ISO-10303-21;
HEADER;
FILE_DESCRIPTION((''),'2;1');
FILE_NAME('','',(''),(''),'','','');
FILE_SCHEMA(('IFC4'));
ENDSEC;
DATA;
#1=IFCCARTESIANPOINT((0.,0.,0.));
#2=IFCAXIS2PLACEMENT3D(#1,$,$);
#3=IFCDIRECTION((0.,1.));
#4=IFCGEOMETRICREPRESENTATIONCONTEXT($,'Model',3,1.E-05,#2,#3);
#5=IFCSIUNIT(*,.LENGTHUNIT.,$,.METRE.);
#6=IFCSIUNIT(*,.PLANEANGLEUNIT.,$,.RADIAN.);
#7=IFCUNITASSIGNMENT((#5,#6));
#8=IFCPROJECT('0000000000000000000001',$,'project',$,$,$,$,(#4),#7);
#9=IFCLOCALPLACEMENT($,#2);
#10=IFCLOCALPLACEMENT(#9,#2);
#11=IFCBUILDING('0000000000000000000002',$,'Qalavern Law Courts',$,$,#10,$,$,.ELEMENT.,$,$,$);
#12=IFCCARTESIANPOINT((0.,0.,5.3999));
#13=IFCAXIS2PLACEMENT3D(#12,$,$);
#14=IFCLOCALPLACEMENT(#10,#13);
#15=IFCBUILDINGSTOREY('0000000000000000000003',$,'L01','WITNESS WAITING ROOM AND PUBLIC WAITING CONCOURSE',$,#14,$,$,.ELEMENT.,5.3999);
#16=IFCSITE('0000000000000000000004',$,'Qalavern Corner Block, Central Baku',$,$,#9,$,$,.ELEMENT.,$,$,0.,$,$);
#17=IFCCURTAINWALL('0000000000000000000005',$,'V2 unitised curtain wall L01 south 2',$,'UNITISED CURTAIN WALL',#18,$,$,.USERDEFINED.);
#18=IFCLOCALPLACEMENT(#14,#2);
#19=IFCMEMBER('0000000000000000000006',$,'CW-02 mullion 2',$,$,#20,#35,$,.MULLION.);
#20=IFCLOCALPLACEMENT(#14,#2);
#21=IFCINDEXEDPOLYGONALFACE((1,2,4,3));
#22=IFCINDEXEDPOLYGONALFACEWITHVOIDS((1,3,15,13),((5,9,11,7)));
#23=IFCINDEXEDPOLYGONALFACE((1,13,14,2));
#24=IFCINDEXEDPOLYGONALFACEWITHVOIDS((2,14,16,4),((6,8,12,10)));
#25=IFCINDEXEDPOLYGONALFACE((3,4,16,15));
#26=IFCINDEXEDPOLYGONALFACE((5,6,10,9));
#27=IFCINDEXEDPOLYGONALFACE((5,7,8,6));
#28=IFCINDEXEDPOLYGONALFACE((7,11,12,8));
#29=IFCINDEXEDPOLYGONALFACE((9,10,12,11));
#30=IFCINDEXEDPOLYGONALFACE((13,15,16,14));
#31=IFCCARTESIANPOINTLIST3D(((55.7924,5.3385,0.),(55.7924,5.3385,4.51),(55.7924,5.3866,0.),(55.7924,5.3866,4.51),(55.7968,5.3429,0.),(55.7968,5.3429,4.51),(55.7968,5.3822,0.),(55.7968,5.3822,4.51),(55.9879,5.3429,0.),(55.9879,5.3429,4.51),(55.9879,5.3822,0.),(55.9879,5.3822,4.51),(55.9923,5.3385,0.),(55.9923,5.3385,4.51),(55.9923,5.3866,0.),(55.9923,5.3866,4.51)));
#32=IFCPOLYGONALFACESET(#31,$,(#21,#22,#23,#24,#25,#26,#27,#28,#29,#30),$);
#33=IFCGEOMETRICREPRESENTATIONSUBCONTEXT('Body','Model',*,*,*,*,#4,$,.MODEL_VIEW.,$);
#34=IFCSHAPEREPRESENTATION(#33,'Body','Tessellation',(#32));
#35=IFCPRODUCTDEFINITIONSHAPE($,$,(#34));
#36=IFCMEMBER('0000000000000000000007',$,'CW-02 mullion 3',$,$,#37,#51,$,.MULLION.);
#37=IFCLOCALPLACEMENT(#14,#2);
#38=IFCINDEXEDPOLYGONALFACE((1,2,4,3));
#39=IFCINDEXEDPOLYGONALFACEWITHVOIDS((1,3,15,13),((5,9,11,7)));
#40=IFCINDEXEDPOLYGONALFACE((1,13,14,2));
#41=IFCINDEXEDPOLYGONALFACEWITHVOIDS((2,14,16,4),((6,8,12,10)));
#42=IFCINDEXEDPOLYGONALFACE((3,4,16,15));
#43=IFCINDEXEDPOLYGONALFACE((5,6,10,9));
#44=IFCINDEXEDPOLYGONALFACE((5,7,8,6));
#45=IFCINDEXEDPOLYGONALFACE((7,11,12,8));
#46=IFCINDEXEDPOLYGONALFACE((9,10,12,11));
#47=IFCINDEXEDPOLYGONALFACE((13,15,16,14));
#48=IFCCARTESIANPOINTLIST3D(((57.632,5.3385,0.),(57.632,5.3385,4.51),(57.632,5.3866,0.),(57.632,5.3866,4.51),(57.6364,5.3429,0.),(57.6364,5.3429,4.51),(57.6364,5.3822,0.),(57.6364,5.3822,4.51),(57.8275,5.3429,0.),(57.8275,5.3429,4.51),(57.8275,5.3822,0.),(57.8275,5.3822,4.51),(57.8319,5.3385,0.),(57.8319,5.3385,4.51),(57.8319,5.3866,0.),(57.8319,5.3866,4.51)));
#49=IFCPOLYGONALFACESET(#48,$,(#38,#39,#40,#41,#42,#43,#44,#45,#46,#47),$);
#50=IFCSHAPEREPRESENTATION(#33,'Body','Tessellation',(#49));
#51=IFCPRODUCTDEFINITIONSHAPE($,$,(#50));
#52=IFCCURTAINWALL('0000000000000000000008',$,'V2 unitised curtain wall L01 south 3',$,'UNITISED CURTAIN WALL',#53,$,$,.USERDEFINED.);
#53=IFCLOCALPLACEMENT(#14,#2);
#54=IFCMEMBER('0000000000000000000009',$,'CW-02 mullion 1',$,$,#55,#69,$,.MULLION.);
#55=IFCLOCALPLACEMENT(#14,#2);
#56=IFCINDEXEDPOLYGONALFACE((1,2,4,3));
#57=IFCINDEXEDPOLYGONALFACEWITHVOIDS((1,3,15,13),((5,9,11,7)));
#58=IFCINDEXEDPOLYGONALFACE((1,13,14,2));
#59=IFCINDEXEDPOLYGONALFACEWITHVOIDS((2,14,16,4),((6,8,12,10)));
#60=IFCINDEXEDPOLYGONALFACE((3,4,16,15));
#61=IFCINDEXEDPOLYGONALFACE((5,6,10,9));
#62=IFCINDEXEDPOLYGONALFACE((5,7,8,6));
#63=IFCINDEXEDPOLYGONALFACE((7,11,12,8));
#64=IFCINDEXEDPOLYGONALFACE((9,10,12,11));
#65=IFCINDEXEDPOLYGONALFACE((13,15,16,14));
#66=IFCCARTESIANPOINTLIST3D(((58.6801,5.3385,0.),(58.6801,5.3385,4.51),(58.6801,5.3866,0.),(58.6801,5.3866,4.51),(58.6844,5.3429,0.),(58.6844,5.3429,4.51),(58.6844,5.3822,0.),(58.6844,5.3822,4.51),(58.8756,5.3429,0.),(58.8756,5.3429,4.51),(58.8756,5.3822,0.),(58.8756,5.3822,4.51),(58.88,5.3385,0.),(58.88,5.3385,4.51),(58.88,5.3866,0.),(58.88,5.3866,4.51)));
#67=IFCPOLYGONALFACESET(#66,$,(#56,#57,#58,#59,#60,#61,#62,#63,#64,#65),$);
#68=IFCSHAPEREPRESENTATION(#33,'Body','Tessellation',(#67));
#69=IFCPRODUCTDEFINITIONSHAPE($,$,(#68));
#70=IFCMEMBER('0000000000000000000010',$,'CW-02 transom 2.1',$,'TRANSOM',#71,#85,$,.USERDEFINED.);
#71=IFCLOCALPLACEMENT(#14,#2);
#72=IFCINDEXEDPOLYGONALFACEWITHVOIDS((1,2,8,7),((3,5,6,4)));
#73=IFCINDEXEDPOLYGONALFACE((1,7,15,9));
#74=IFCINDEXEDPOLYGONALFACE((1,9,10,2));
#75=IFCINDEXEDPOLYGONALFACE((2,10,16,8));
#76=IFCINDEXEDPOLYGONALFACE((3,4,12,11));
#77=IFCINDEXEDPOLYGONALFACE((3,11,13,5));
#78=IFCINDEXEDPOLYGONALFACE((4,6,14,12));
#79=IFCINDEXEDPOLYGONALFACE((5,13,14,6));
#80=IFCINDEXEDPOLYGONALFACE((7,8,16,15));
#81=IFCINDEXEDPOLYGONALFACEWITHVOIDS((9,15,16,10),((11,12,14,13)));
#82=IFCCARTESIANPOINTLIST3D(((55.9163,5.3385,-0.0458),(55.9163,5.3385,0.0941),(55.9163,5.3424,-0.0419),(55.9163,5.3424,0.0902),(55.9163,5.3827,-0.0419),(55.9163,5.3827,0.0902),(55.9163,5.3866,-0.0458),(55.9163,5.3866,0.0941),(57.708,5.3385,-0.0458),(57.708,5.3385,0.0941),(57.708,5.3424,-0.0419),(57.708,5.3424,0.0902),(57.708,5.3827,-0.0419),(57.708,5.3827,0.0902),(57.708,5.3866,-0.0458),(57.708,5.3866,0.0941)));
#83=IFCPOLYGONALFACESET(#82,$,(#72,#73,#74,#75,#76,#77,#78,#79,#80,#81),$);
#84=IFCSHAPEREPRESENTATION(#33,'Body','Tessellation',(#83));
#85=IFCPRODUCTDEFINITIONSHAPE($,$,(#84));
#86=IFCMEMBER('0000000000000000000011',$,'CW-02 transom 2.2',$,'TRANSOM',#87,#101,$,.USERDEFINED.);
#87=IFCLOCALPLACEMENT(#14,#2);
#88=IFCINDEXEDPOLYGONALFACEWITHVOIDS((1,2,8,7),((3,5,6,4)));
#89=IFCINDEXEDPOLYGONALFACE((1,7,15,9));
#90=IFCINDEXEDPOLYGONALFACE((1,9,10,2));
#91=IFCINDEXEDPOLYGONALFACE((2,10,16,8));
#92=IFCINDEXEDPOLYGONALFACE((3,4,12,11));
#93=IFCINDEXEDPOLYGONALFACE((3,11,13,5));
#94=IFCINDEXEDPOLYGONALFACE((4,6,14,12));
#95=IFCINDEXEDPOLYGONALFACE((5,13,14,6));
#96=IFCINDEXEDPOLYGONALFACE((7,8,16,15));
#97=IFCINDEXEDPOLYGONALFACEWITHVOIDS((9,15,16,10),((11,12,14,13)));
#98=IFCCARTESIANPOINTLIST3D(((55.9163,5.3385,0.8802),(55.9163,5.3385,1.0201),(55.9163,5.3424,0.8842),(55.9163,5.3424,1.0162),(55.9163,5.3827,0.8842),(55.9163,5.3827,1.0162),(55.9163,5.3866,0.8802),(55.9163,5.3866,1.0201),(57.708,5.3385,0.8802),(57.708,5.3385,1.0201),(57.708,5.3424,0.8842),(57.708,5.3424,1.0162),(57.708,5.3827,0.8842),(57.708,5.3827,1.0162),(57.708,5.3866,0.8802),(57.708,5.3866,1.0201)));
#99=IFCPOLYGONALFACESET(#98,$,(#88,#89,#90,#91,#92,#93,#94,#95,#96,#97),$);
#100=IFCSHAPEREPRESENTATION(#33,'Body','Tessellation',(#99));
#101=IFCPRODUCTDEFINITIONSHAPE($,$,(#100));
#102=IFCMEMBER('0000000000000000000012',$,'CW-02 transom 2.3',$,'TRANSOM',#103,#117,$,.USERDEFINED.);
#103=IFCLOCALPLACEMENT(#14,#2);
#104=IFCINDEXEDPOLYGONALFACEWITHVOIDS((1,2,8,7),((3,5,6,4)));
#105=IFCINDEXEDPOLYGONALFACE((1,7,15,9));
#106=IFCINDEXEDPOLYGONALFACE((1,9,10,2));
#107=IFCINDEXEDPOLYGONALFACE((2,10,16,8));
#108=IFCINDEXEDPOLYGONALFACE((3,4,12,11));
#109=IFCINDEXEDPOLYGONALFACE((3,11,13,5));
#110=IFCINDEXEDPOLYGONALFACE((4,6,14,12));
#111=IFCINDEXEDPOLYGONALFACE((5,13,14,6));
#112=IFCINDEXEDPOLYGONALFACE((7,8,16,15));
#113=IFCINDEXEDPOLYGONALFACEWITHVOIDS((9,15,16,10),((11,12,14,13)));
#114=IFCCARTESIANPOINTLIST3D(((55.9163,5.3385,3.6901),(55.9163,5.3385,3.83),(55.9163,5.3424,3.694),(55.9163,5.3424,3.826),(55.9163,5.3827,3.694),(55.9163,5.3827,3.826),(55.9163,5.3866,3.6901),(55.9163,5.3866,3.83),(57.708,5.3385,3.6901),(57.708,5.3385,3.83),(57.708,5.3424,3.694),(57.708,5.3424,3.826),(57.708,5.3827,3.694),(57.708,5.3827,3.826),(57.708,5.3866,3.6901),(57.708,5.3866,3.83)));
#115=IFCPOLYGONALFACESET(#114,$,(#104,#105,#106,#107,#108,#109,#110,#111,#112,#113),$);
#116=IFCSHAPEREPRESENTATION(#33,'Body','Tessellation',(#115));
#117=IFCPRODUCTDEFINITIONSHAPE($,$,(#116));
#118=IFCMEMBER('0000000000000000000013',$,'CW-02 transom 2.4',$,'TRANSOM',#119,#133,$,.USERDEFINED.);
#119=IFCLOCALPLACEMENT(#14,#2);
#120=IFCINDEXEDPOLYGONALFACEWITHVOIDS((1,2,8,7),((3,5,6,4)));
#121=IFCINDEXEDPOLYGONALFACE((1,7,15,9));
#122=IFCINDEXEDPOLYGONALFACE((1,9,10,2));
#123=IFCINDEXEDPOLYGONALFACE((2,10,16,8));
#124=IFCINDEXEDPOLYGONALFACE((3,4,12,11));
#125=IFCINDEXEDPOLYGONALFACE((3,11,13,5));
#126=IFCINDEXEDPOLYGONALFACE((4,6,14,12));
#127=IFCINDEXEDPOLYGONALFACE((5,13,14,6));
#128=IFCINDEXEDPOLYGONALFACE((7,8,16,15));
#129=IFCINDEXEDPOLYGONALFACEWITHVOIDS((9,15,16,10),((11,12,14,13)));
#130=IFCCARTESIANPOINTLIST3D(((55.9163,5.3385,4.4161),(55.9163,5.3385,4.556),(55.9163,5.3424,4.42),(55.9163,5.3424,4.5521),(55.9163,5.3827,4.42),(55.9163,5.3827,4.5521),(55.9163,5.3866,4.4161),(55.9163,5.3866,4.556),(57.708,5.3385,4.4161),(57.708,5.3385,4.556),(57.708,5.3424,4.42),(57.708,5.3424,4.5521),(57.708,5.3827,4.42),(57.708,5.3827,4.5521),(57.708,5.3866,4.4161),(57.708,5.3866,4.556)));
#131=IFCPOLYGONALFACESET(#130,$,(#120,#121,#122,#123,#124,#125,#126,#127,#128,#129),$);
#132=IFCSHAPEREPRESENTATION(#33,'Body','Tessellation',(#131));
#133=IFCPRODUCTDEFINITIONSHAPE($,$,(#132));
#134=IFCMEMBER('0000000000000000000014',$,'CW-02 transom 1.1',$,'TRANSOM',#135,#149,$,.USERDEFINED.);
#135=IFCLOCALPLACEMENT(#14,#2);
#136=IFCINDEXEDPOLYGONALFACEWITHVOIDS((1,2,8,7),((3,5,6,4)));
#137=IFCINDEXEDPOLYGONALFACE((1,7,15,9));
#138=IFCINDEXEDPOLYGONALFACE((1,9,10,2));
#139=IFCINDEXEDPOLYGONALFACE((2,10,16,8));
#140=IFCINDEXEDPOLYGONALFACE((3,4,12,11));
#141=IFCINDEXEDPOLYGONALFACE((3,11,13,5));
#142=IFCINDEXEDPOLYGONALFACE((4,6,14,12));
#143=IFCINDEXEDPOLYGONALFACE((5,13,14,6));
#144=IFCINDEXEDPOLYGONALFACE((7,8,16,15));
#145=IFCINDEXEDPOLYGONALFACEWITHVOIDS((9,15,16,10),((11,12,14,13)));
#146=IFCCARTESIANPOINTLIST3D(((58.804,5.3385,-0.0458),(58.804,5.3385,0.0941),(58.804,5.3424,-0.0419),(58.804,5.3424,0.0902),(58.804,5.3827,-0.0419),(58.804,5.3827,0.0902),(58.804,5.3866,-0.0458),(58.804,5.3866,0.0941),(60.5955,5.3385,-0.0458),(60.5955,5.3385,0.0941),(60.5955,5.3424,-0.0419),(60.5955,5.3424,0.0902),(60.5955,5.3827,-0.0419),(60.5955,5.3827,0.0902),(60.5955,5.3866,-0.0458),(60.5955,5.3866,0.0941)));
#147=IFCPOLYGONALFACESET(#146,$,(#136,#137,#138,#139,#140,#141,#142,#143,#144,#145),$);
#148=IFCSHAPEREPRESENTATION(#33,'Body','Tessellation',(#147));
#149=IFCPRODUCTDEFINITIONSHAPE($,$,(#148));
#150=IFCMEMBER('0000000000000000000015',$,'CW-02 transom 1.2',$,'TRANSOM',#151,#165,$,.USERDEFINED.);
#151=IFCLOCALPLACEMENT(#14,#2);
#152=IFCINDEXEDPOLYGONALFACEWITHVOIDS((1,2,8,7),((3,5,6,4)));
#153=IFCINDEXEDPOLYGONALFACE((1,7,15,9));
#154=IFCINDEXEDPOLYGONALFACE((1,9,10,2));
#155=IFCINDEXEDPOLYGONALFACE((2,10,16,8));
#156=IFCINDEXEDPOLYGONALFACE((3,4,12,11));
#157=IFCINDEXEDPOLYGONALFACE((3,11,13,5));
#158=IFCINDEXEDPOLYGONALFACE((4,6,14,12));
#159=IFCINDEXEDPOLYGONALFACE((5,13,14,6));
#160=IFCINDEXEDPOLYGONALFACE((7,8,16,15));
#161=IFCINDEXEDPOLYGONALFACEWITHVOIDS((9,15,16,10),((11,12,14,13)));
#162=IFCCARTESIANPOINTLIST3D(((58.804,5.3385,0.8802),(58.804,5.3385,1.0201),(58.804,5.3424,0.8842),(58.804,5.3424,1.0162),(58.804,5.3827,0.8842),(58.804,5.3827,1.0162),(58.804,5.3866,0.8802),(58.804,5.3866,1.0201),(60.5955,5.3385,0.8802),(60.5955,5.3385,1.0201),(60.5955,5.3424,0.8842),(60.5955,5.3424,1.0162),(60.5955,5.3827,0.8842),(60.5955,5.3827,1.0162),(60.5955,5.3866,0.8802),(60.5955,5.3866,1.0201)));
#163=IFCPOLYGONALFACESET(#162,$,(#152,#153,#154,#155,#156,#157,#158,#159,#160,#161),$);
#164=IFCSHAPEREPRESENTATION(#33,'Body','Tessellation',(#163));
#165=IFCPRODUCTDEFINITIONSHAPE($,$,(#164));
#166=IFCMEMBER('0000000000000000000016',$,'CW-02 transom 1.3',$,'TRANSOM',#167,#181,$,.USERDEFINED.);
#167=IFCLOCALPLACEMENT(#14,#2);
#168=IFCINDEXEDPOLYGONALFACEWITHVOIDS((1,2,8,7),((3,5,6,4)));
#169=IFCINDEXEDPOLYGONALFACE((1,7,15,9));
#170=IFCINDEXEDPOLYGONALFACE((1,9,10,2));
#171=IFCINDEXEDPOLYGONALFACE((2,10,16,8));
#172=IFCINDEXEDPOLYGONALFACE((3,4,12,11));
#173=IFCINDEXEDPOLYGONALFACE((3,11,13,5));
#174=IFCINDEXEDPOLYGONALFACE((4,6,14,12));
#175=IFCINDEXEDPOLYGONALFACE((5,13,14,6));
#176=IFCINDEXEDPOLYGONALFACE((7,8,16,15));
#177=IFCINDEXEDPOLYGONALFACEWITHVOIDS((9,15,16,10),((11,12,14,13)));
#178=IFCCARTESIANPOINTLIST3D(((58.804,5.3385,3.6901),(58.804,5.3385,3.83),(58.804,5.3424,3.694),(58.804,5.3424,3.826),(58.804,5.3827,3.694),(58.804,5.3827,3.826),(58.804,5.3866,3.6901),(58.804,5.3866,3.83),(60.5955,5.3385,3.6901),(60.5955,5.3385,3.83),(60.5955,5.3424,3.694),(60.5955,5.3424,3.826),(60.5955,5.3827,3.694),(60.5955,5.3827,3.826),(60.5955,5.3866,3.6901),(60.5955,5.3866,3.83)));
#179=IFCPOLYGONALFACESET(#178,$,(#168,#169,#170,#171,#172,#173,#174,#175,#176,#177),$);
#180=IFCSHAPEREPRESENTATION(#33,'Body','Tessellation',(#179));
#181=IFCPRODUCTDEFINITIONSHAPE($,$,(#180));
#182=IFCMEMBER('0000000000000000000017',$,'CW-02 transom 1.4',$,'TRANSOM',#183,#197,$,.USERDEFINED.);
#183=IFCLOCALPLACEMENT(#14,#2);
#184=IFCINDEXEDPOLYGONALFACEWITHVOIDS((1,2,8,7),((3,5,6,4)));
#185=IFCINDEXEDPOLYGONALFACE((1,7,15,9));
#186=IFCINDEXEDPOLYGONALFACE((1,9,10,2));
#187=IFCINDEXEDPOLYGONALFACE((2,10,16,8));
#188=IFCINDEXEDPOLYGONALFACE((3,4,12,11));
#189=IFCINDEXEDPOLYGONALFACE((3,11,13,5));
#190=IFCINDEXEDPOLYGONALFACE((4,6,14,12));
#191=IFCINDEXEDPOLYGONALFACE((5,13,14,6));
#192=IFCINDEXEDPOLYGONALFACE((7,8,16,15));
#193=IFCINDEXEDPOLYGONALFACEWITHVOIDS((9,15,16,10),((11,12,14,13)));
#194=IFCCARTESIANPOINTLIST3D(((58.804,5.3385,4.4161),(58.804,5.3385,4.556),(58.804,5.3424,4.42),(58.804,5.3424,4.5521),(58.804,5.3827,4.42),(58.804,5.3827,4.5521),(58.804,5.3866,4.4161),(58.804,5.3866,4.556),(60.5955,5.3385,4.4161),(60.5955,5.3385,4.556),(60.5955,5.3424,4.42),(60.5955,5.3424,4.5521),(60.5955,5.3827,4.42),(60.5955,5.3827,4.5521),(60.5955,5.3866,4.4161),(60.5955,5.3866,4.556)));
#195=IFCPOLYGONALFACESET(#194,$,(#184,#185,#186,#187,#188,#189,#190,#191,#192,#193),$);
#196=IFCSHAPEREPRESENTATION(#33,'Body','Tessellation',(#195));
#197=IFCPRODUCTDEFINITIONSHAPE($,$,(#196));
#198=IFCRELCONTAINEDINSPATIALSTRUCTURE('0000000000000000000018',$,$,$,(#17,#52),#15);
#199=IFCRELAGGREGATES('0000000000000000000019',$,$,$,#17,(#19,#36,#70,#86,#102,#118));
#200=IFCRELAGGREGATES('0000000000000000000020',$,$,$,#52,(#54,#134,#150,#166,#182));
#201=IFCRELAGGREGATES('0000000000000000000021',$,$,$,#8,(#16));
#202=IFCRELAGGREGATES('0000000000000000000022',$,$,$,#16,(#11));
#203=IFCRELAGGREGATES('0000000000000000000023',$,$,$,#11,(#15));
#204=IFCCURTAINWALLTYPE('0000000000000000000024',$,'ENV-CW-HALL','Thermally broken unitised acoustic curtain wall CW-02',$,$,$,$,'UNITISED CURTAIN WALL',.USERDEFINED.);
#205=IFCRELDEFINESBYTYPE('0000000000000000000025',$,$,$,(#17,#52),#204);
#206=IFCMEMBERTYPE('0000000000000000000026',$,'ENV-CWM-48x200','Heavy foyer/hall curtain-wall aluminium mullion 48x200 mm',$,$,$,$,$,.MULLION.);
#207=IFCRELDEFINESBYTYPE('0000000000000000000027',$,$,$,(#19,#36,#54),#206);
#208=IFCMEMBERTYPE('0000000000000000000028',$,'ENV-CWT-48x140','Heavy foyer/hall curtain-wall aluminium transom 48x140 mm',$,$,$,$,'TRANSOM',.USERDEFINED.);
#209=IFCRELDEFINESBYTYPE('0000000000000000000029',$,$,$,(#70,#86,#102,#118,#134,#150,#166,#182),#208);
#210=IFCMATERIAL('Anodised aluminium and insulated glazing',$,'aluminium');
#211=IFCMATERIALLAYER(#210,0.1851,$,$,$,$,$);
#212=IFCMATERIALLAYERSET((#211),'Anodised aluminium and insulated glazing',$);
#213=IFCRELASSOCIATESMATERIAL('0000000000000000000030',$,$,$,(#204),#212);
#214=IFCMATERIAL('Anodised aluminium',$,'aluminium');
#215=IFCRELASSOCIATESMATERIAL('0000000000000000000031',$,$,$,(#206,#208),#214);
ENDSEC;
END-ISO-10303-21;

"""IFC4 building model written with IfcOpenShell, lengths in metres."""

from ifc_helpers import new_model, si_unit, direction, frame, origin, origin_2d, place, context, subcontext, project, spatial, hollow_rectangle, extrude, material, layer, layer_set, material_profile, profile_set, type_object, element, aggregate, save


model = new_model("IFC4")

# Units and contexts
model_context = context("Model", 3, precision=1e-05, world=origin(), true_north=direction((0.0, 1.0)))
body_context = subcontext(model_context, "Body", "Model", "MODEL_VIEW")
ifc_project = project(units=[si_unit("LENGTHUNIT", "METRE"), si_unit("PLANEANGLEUNIT", "RADIAN")], contexts=[model_context])

# Site, building, storey
site_placement = place(None, origin())
site = spatial("IfcSite", under=ifc_project, at=site_placement, Name="Qalavern Corner Block, Central Baku", CompositionType="ELEMENT", RefElevation=0.0)
building_placement = place(site_placement, origin())
building = spatial("IfcBuilding", under=site, at=building_placement, Name="Qalavern Law Courts", CompositionType="ELEMENT")
storey_placement = place(building_placement, frame((0.0, 0.0, 5.3999)))
storey = spatial("IfcBuildingStorey", under=building, at=storey_placement, Name="L01", Description="WITNESS WAITING ROOM AND PUBLIC WAITING CONCOURSE", CompositionType="ELEMENT", Elevation=5.3999)

# Curtain wall, members
ifc_material_1 = material(Name="Anodised aluminium and insulated glazing", Category="aluminium")
ifc_layer_1 = layer(ifc_material_1, 0.1851)
ifc_layer_set_1 = layer_set([ifc_layer_1], Name="Anodised aluminium and insulated glazing")
curtain_wall_type = type_object("IfcCurtainWallType", Name="ENV-CW-HALL", Description="Thermally broken unitised acoustic curtain wall CW-02", ElementType="UNITISED CURTAIN WALL", PredefinedType="USERDEFINED", material=ifc_layer_set_1)
curtain_wall_1_placement = place(storey_placement, origin())
curtain_wall_1 = element("IfcCurtainWall", 1, at=curtain_wall_1_placement, inside=storey, type_object=curtain_wall_type, Name="V2 unitised curtain wall L01 south 2", ObjectType="UNITISED CURTAIN WALL", PredefinedType="USERDEFINED")
ifc_material_2 = material(Name="Anodised aluminium", Category="aluminium")
ifc_material_profile_1 = material_profile(ifc_material_2, hollow_rectangle(XDim=0.0481, YDim=0.2, WallThickness=0.0044, at=origin_2d()), Name="ALU MULLION 48x200")
ifc_profile_set_1 = profile_set([ifc_material_profile_1], Name="Anodised aluminium")
member_type_1 = type_object("IfcMemberType", Name="ENV-CWM-48x200", Description="Heavy foyer/hall curtain-wall aluminium mullion 48x200 mm", PredefinedType="MULLION", material=ifc_profile_set_1)
member_1_placement = place(storey_placement, frame((55.8923, 5.3625, 0.0), z_axis=(0.0, 0.0, 1.0), x_axis=(0.0, 1.0, 0.0)))
member_1 = element("IfcMember", 2, at=member_1_placement, type_object=member_type_1, Name="CW-02 mullion 2", PredefinedType="MULLION", context=body_context, shape_type="SweptSolid", body=[
    extrude(hollow_rectangle(XDim=0.0481, YDim=0.2, WallThickness=0.0044, at=origin_2d()), origin(), (0.0, 0.0, 1.0), 4.51),
])
member_2_placement = place(storey_placement, frame((57.7319, 5.3625, 0.0), z_axis=(0.0, 0.0, 1.0), x_axis=(0.0, 1.0, 0.0)))
member_2 = element("IfcMember", 3, at=member_2_placement, type_object=member_type_1, Name="CW-02 mullion 3", PredefinedType="MULLION", context=body_context, shape_type="SweptSolid", body=[
    extrude(hollow_rectangle(XDim=0.0481, YDim=0.2, WallThickness=0.0044, at=origin_2d()), origin(), (0.0, 0.0, 1.0), 4.51),
])

# Curtain wall, member
curtain_wall_2_placement = place(storey_placement, origin())
curtain_wall_2 = element("IfcCurtainWall", 4, at=curtain_wall_2_placement, inside=storey, type_object=curtain_wall_type, Name="V2 unitised curtain wall L01 south 3", ObjectType="UNITISED CURTAIN WALL", PredefinedType="USERDEFINED")
member_3_placement = place(storey_placement, frame((58.78, 5.3625, 0.0), z_axis=(0.0, 0.0, 1.0), x_axis=(0.0, 1.0, 0.0)))
member_3 = element("IfcMember", 5, at=member_3_placement, type_object=member_type_1, Name="CW-02 mullion 1", PredefinedType="MULLION", context=body_context, shape_type="SweptSolid", body=[
    extrude(hollow_rectangle(XDim=0.0481, YDim=0.2, WallThickness=0.0044, at=origin_2d()), origin(), (0.0, 0.0, 1.0), 4.51),
])

# Members
ifc_material_profile_2 = material_profile(ifc_material_2, hollow_rectangle(XDim=0.0481, YDim=0.1399, WallThickness=0.0039, at=origin_2d()), Name="ALU TRANSOM 48x140")
ifc_profile_set_2 = profile_set([ifc_material_profile_2], Name="Anodised aluminium")
member_type_2 = type_object("IfcMemberType", Name="ENV-CWT-48x140", Description="Heavy foyer/hall curtain-wall aluminium transom 48x140 mm", ElementType="TRANSOM", PredefinedType="USERDEFINED", material=ifc_profile_set_2)
member_4_placement = place(storey_placement, frame((55.9163, 5.3625, 0.0242), z_axis=(1.0, 0.0, 0.0), x_axis=(0.0, 1.0, 0.0)))
member_4 = element("IfcMember", 6, at=member_4_placement, type_object=member_type_2, Name="CW-02 transom 2.1", ObjectType="TRANSOM", PredefinedType="USERDEFINED", context=body_context, shape_type="SweptSolid", body=[
    extrude(hollow_rectangle(XDim=0.0481, YDim=0.1399, WallThickness=0.0039, at=origin_2d()), origin(), (0.0, 0.0, 1.0), 1.7917),
])
member_5_placement = place(storey_placement, frame((55.9163, 5.3625, 0.9502), z_axis=(1.0, 0.0, 0.0), x_axis=(0.0, 1.0, 0.0)))
member_5 = element("IfcMember", 7, at=member_5_placement, type_object=member_type_2, Name="CW-02 transom 2.2", ObjectType="TRANSOM", PredefinedType="USERDEFINED", context=body_context, shape_type="SweptSolid", body=[
    extrude(hollow_rectangle(XDim=0.0481, YDim=0.1399, WallThickness=0.0039, at=origin_2d()), origin(), (0.0, 0.0, 1.0), 1.7917),
])
member_6_placement = place(storey_placement, frame((55.9163, 5.3625, 3.76), z_axis=(1.0, 0.0, 0.0), x_axis=(0.0, 1.0, 0.0)))
member_6 = element("IfcMember", 8, at=member_6_placement, type_object=member_type_2, Name="CW-02 transom 2.3", ObjectType="TRANSOM", PredefinedType="USERDEFINED", context=body_context, shape_type="SweptSolid", body=[
    extrude(hollow_rectangle(XDim=0.0481, YDim=0.1399, WallThickness=0.0039, at=origin_2d()), origin(), (0.0, 0.0, 1.0), 1.7917),
])
member_7_placement = place(storey_placement, frame((55.9163, 5.3625, 4.4861), z_axis=(1.0, 0.0, 0.0), x_axis=(0.0, 1.0, 0.0)))
member_7 = element("IfcMember", 9, at=member_7_placement, type_object=member_type_2, Name="CW-02 transom 2.4", ObjectType="TRANSOM", PredefinedType="USERDEFINED", context=body_context, shape_type="SweptSolid", body=[
    extrude(hollow_rectangle(XDim=0.0481, YDim=0.1399, WallThickness=0.0039, at=origin_2d()), origin(), (0.0, 0.0, 1.0), 1.7917),
])
member_8_placement = place(storey_placement, frame((58.804, 5.3625, 0.0242), z_axis=(1.0, 0.0, 0.0), x_axis=(0.0, 1.0, 0.0)))
member_8 = element("IfcMember", 10, at=member_8_placement, type_object=member_type_2, Name="CW-02 transom 1.1", ObjectType="TRANSOM", PredefinedType="USERDEFINED", context=body_context, shape_type="SweptSolid", body=[
    extrude(hollow_rectangle(XDim=0.0481, YDim=0.1399, WallThickness=0.0039, at=origin_2d()), origin(), (0.0, 0.0, 1.0), 1.7915),
])
member_9_placement = place(storey_placement, frame((58.804, 5.3625, 0.9502), z_axis=(1.0, 0.0, 0.0), x_axis=(0.0, 1.0, 0.0)))
member_9 = element("IfcMember", 11, at=member_9_placement, type_object=member_type_2, Name="CW-02 transom 1.2", ObjectType="TRANSOM", PredefinedType="USERDEFINED", context=body_context, shape_type="SweptSolid", body=[
    extrude(hollow_rectangle(XDim=0.0481, YDim=0.1399, WallThickness=0.0039, at=origin_2d()), origin(), (0.0, 0.0, 1.0), 1.7915),
])
member_10_placement = place(storey_placement, frame((58.804, 5.3625, 3.76), z_axis=(1.0, 0.0, 0.0), x_axis=(0.0, 1.0, 0.0)))
member_10 = element("IfcMember", 12, at=member_10_placement, type_object=member_type_2, Name="CW-02 transom 1.3", ObjectType="TRANSOM", PredefinedType="USERDEFINED", context=body_context, shape_type="SweptSolid", body=[
    extrude(hollow_rectangle(XDim=0.0481, YDim=0.1399, WallThickness=0.0039, at=origin_2d()), origin(), (0.0, 0.0, 1.0), 1.7915),
])
member_11_placement = place(storey_placement, frame((58.804, 5.3625, 4.4861), z_axis=(1.0, 0.0, 0.0), x_axis=(0.0, 1.0, 0.0)))
member_11 = element("IfcMember", 13, at=member_11_placement, type_object=member_type_2, Name="CW-02 transom 1.4", ObjectType="TRANSOM", PredefinedType="USERDEFINED", context=body_context, shape_type="SweptSolid", body=[
    extrude(hollow_rectangle(XDim=0.0481, YDim=0.1399, WallThickness=0.0039, at=origin_2d()), origin(), (0.0, 0.0, 1.0), 1.7915),
])

aggregate(curtain_wall_1, [member_1, member_2, member_4, member_5, member_6, member_7])
aggregate(curtain_wall_2, [member_3, member_8, member_9, member_10, member_11])

save(model, "model.ifc")
